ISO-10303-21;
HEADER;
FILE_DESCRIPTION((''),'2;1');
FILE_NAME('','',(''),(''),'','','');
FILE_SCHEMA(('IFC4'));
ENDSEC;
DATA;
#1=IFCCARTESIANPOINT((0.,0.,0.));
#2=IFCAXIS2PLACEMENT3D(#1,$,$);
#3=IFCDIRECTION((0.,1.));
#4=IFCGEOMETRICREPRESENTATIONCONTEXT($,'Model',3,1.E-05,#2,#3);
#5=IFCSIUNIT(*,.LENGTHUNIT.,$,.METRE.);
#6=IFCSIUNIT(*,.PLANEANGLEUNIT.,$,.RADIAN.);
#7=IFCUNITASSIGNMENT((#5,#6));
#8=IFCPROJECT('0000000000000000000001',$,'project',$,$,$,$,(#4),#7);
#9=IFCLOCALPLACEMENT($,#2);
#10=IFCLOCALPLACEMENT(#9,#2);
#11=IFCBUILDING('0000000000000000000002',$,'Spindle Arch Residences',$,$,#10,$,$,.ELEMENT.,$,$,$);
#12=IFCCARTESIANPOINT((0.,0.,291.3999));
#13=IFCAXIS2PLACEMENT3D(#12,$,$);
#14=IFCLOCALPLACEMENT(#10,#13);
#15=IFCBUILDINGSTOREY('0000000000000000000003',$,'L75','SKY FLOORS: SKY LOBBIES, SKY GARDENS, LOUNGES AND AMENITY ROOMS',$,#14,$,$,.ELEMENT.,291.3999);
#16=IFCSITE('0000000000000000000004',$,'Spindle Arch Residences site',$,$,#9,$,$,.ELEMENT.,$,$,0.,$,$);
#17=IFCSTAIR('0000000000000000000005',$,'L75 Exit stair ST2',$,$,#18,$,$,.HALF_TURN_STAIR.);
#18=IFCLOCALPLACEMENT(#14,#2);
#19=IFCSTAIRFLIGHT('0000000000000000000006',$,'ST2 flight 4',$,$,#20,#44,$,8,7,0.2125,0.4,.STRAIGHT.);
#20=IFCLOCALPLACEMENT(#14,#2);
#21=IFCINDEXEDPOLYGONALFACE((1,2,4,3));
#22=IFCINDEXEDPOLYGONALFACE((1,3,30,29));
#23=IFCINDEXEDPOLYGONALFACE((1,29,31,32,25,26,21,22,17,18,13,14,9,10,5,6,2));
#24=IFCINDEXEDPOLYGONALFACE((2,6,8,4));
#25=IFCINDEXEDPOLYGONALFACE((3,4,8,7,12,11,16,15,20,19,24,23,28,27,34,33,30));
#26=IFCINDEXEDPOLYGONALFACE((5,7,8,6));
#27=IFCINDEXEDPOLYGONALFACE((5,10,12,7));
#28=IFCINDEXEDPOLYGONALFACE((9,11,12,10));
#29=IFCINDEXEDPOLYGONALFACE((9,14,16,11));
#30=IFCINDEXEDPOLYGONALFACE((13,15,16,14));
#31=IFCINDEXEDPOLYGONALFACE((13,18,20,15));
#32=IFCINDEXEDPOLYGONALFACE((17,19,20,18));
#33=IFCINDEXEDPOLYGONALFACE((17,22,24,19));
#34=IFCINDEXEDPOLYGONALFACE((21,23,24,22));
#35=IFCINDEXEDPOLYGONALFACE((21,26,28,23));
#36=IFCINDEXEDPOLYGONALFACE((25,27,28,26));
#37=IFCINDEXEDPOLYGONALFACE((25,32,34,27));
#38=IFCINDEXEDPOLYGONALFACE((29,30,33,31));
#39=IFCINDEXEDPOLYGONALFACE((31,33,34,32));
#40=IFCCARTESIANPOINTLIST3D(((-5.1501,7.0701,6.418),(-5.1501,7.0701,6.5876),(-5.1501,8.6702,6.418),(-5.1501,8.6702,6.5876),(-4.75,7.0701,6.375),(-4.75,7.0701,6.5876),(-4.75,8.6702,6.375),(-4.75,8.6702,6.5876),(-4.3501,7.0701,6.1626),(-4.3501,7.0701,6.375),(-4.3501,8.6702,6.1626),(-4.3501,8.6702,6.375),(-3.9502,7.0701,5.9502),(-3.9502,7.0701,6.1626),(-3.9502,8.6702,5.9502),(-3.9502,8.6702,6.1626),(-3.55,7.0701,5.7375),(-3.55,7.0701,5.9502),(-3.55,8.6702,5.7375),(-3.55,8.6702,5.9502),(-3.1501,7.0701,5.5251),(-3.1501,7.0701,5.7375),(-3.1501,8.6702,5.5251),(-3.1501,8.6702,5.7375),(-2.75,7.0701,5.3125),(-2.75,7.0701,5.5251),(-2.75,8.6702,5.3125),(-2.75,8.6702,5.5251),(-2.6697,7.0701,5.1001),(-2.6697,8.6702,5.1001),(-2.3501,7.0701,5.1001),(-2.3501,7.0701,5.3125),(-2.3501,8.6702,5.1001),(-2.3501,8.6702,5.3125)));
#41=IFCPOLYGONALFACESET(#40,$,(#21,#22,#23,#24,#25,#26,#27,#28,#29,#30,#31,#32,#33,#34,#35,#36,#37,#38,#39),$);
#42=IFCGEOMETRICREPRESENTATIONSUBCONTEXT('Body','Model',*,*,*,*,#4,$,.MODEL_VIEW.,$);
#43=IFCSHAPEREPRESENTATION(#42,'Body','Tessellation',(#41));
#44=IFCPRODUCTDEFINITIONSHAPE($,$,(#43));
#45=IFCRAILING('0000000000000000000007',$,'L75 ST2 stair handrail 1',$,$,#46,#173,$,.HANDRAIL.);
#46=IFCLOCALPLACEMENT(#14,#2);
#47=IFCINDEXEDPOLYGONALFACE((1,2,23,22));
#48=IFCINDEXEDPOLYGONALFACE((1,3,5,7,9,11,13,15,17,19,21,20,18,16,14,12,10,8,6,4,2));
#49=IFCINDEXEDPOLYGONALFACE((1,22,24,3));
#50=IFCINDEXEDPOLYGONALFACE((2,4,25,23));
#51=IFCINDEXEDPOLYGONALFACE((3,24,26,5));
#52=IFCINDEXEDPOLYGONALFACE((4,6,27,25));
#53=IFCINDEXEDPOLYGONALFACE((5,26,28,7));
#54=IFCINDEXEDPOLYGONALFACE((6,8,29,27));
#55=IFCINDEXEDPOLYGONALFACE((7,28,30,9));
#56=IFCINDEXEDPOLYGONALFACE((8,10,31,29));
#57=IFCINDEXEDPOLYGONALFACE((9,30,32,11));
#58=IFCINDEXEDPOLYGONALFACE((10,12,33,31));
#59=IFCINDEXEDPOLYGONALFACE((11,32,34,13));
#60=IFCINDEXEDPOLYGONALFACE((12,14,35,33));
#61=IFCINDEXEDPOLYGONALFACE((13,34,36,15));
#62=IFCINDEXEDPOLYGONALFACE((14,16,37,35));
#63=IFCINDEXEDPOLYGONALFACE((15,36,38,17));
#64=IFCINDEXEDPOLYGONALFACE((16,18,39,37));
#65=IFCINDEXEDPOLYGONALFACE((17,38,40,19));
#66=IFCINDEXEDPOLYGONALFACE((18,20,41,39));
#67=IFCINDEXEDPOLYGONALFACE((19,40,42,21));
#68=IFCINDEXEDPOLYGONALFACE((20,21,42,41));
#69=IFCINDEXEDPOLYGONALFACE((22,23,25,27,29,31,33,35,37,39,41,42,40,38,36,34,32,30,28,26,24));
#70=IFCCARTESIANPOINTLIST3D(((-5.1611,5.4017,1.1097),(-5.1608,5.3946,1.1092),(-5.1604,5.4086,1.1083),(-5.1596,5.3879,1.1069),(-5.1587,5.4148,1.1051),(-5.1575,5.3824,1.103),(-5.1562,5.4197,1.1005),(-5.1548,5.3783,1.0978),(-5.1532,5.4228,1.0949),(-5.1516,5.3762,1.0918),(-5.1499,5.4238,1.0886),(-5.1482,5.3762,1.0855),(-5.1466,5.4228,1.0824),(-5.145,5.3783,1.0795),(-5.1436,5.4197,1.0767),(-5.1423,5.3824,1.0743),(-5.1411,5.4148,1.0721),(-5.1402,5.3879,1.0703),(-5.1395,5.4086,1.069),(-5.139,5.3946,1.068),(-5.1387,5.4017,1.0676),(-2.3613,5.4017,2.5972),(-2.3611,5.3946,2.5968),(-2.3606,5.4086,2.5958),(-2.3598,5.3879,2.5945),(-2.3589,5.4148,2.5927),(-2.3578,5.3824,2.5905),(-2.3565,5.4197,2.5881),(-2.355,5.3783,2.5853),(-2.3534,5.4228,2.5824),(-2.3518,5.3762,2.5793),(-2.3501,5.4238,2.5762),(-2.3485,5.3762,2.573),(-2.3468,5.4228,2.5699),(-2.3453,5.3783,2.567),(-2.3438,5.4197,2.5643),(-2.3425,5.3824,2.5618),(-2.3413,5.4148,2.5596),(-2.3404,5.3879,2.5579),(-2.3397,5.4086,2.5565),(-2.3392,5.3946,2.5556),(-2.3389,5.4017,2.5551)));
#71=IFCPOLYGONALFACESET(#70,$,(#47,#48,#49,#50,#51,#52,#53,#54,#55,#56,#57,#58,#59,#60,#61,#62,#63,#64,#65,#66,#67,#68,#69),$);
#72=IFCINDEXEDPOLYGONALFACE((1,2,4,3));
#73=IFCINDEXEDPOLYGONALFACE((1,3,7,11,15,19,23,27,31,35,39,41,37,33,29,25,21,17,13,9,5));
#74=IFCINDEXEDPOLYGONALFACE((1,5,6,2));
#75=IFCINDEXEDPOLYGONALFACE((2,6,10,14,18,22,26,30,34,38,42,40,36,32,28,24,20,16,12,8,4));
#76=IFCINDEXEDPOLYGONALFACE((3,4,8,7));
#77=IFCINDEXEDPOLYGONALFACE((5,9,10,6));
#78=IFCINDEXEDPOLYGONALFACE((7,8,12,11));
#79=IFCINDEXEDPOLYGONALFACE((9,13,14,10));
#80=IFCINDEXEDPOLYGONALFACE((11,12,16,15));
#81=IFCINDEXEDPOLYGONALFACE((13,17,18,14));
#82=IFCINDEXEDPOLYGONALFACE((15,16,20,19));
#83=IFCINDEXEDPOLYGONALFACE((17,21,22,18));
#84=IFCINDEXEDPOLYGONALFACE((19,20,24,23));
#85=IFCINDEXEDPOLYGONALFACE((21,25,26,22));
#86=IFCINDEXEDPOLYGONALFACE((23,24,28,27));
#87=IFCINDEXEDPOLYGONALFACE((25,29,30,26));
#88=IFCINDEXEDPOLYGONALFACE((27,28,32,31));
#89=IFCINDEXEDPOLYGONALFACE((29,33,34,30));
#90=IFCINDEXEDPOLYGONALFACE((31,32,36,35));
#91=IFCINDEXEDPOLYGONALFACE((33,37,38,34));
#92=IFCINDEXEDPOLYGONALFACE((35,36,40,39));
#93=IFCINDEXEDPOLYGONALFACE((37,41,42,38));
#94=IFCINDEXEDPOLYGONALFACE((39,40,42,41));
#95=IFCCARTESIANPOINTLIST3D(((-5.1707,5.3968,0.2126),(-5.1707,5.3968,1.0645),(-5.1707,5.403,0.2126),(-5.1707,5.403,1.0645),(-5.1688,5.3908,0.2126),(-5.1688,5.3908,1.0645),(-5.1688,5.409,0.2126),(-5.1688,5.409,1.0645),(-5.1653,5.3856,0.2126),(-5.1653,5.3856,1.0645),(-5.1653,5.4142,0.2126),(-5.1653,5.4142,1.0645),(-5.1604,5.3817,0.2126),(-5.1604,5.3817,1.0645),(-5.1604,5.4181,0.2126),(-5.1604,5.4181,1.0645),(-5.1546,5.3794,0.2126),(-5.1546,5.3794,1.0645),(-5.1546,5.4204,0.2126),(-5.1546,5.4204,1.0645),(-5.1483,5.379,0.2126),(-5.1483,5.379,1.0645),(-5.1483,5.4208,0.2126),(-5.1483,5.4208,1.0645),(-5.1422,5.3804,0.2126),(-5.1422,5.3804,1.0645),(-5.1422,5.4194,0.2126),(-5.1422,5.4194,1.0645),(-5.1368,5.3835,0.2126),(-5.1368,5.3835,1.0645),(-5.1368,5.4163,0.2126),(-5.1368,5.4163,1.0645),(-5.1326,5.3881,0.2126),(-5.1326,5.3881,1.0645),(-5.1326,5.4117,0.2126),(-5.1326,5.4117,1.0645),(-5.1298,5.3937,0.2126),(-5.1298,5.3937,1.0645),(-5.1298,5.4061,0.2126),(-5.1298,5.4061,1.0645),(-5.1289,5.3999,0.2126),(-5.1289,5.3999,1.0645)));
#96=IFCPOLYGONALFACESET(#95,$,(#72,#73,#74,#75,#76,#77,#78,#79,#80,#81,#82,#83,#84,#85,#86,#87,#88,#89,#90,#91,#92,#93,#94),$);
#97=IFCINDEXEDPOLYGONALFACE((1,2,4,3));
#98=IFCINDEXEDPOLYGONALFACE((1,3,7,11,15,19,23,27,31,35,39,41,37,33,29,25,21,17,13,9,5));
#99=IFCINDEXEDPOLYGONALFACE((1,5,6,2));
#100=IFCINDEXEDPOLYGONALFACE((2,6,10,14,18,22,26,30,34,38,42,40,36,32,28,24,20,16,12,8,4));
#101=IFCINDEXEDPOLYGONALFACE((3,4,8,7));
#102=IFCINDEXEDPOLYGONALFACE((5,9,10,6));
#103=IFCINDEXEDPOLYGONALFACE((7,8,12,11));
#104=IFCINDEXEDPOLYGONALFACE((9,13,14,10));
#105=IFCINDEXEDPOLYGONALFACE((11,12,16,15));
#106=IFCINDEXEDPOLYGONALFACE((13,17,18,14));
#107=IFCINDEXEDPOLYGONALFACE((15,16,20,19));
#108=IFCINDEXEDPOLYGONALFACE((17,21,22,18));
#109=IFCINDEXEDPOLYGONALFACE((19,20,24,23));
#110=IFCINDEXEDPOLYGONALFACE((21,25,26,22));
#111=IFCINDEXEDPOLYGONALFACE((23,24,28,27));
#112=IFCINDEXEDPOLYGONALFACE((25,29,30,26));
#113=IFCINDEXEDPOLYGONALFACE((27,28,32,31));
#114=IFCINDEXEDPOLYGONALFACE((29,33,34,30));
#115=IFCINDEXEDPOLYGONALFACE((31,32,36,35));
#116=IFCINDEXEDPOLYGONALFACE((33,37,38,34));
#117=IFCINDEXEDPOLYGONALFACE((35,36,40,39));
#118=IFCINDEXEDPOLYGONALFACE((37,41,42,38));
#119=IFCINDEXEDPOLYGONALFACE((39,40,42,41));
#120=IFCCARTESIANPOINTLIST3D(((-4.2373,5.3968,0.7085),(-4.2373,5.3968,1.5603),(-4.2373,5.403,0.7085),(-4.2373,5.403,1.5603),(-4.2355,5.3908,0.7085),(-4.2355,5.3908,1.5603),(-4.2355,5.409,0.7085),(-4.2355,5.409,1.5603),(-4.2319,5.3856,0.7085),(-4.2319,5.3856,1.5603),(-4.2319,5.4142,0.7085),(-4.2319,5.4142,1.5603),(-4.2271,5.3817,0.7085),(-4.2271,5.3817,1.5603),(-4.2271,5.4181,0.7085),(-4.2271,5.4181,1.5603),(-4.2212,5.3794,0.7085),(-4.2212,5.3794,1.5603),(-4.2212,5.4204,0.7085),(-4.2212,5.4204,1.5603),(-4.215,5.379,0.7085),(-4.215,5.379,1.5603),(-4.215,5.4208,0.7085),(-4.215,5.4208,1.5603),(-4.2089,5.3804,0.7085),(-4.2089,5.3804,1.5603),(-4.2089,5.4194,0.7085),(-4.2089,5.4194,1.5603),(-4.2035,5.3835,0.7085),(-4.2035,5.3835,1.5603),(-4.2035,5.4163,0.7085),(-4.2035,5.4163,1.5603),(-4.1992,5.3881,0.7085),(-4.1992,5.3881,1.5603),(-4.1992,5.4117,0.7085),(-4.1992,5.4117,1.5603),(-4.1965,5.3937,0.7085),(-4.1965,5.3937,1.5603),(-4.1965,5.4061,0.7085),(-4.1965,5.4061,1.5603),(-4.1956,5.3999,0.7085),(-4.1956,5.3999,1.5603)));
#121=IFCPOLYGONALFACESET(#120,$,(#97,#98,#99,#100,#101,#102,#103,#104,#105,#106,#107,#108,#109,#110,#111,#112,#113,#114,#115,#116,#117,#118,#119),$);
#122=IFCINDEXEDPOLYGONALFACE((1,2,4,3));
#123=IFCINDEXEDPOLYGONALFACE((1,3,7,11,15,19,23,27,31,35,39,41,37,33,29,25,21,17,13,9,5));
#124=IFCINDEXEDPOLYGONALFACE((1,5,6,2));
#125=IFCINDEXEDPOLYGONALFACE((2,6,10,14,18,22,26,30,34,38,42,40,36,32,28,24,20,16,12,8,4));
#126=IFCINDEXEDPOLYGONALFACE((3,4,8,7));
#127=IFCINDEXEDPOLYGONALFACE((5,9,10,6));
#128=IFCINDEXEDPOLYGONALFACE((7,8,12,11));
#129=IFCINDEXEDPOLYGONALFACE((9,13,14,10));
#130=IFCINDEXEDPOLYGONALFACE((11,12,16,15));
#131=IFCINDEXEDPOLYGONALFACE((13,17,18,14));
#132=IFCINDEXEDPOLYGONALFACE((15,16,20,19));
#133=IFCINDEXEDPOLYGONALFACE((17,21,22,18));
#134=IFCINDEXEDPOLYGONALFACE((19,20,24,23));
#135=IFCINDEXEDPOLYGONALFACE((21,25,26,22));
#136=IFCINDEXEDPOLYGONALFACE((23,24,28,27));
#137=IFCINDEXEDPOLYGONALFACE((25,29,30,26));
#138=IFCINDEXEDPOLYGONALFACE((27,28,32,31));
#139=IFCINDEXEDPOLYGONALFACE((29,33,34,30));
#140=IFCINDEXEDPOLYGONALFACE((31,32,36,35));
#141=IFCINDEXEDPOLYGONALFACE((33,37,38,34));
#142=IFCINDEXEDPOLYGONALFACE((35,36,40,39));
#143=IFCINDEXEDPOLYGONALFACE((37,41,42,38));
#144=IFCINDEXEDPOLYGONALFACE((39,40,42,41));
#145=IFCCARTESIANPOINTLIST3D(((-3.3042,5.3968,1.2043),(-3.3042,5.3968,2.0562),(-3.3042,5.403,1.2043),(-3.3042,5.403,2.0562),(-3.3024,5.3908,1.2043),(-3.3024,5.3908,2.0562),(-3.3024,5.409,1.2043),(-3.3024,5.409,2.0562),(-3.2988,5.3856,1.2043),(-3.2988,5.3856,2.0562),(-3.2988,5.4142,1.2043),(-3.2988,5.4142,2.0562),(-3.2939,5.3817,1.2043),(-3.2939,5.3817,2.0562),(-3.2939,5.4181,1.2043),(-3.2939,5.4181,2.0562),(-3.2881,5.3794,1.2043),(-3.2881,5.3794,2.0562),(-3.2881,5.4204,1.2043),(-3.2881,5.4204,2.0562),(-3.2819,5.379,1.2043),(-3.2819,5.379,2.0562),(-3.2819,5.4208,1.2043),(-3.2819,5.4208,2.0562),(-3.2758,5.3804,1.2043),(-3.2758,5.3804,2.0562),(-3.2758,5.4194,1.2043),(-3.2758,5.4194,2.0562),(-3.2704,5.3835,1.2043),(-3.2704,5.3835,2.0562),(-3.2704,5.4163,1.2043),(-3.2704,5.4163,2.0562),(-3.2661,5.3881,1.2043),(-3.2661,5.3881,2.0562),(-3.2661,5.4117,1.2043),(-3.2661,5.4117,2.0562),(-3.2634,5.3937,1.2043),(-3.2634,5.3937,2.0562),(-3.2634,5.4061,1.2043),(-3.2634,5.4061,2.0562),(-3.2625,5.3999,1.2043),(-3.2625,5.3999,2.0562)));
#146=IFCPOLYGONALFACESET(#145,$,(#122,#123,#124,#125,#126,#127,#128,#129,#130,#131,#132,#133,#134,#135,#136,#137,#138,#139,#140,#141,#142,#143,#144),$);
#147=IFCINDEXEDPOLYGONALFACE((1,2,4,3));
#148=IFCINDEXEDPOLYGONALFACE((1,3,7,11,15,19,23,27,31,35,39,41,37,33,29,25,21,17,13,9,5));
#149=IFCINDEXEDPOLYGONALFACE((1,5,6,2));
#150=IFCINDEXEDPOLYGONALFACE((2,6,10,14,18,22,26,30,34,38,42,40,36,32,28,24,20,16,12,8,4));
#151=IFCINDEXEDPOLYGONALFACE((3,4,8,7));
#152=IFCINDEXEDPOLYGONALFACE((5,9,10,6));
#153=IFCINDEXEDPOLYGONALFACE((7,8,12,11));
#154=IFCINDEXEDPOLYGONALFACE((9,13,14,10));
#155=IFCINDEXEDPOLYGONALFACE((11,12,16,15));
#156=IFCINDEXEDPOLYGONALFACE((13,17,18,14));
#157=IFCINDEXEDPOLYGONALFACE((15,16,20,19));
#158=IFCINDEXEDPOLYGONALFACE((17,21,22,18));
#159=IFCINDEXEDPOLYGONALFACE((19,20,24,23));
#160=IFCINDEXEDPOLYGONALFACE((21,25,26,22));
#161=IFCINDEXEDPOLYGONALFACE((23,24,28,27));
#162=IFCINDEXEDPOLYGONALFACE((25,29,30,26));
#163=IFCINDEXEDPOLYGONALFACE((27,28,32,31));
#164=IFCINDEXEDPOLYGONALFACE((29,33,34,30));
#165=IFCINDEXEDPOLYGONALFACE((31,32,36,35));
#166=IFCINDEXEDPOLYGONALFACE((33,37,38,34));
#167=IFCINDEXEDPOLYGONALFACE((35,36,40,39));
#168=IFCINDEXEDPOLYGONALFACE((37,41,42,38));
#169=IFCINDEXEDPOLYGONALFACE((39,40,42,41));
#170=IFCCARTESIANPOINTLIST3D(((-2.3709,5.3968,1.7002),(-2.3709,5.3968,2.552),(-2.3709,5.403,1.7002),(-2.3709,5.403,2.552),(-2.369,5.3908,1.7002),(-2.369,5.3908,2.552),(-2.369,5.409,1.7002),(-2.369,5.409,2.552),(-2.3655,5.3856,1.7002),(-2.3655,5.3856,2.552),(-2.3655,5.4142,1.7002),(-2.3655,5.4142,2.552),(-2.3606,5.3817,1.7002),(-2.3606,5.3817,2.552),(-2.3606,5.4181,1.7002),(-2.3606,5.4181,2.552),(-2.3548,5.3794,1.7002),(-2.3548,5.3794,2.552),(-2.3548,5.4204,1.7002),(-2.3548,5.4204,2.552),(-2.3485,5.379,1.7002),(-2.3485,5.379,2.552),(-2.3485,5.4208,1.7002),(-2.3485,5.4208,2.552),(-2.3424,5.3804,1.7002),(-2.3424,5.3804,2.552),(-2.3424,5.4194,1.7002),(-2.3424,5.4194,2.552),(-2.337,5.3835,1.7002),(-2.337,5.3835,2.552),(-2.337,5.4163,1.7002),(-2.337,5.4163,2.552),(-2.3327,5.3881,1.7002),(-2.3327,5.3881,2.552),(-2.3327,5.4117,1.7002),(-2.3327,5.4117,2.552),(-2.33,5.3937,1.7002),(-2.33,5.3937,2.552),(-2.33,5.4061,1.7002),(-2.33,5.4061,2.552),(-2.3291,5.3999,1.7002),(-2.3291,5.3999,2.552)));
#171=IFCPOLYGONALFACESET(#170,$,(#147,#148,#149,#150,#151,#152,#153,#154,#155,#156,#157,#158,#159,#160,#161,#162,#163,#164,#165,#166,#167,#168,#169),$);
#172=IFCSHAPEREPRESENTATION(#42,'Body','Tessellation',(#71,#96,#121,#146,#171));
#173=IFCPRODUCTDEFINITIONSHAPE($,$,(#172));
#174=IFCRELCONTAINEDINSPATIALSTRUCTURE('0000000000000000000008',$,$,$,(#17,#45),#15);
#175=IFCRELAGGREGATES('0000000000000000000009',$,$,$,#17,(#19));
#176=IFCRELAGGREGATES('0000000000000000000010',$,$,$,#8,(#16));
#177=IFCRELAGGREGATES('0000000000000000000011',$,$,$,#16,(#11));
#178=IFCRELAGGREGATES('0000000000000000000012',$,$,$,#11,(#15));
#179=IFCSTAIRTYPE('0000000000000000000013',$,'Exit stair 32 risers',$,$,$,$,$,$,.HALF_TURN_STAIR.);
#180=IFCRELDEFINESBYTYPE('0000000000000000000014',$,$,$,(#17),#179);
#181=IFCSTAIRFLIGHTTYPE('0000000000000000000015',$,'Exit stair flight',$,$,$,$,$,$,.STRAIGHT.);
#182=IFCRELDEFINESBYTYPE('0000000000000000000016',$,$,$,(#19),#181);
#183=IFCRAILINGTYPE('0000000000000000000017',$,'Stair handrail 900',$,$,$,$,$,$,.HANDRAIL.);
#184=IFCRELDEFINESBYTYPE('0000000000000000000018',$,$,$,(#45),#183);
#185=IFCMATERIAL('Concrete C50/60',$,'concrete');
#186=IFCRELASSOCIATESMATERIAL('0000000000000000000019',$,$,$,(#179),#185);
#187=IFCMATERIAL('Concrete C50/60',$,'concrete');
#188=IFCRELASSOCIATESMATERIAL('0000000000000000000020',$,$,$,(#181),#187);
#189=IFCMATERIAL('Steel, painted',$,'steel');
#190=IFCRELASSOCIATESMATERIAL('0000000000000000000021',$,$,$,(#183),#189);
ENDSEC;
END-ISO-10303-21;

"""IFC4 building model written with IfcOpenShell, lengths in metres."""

from ifc_helpers import new_model, si_unit, direction, frame, origin, origin_2d, place, context, subcontext, project, spatial, polyline, circle, outline, extrude, material, type_object, element, aggregate, save


model = new_model("IFC4")

# Units and contexts
model_context = context("Model", 3, precision=1e-05, world=origin(), true_north=direction((0.0, 1.0)))
body_context = subcontext(model_context, "Body", "Model", "MODEL_VIEW")
ifc_project = project(units=[si_unit("LENGTHUNIT", "METRE"), si_unit("PLANEANGLEUNIT", "RADIAN")], contexts=[model_context])

# Site, building, storey
site_placement = place(None, origin())
site = spatial("IfcSite", under=ifc_project, at=site_placement, Name="Spindle Arch Residences site", CompositionType="ELEMENT", RefElevation=0.0)
building_placement = place(site_placement, origin())
building = spatial("IfcBuilding", under=site, at=building_placement, Name="Spindle Arch Residences", CompositionType="ELEMENT")
storey_placement = place(building_placement, frame((0.0, 0.0, 291.3999)))
storey = spatial("IfcBuildingStorey", under=building, at=storey_placement, Name="L75", Description="SKY FLOORS: SKY LOBBIES, SKY GARDENS, LOUNGES AND AMENITY ROOMS", CompositionType="ELEMENT", Elevation=291.3999)

# Stair, stair flight
ifc_material_1 = material(Name="Concrete C50/60", Category="concrete")
stair_type = type_object("IfcStairType", Name="Exit stair 32 risers", PredefinedType="HALF_TURN_STAIR", material=ifc_material_1)
stair_placement = place(storey_placement, origin())
stair = element("IfcStair", 1, at=stair_placement, inside=storey, type_object=stair_type, Name="L75 Exit stair ST2", PredefinedType="HALF_TURN_STAIR")
ifc_material_2 = material(Name="Concrete C50/60", Category="concrete")
stair_flight_type = type_object("IfcStairFlightType", Name="Exit stair flight", PredefinedType="STRAIGHT", material=ifc_material_2)
stair_flight_1_placement = place(storey_placement, frame((-2.3501, 7.8701, 5.1001), z_axis=(0.0, 0.0, 1.0), x_axis=(-1.0, 0.0, 0.0)))
stair_flight_1 = element("IfcStairFlight", 2, at=stair_flight_1_placement, type_object=stair_flight_type, Name="ST2 flight 4", NumberOfRisers=8, NumberOfTreads=7, PredefinedType="STRAIGHT", RiserHeight=0.2125, TreadLength=0.4, context=body_context, shape_type="SweptSolid", body=[
    extrude(outline(polyline([(0.0, 0.0), (0.0, 0.2124), (0.3999, 0.2124), (0.3999, 0.425), (0.8, 0.425), (0.8, 0.6375), (1.2, 0.6375), (1.2, 0.8501), (1.6001, 0.8501), (1.6001, 1.0625), (2.0, 1.0625), (2.0, 1.2749), (2.3999, 1.2749), (2.3999, 1.4875), (2.8, 1.4875), (2.8, 1.7), (2.8, 1.3179), (0.3196, 0.0), (0.0, 0.0)])), frame((0.0, 0.8, 0.0), z_axis=(0.0, -1.0, 0.0), x_axis=(1.0, 0.0, 0.0)), (0.0, 0.0, 1.0), 1.6001),
])
aggregate(stair, [stair_flight_1])

# Railing
ifc_material_3 = material(Name="Steel, painted", Category="steel")
railing_type_1 = type_object("IfcRailingType", Name="Stair handrail 900", PredefinedType="HANDRAIL", material=ifc_material_3)
railing_1_placement = place(storey_placement, frame((-5.1499, 5.3999, 0.2126)))
element("IfcRailing", 3, at=railing_1_placement, inside=storey, type_object=railing_type_1, Name="L75 ST2 stair handrail 1", PredefinedType="HANDRAIL", context=body_context, shape_type="SweptSolid", body=[
    extrude(circle(Radius=0.0239, at=origin_2d()), frame((0.0, 0.0, 0.876), z_axis=(0.883096, 0.0, 0.469193), x_axis=(0.0, 1.0, 0.0)), (0.0, 0.0, 1.0), 3.1704),
    extrude(circle(Radius=0.021, at=origin_2d()), origin(), (0.0, 0.0, 1.0), 0.8518),
    extrude(circle(Radius=0.021, at=origin_2d()), frame((0.9333, 0.0, 0.4958)), (0.0, 0.0, 1.0), 0.8518),
    extrude(circle(Radius=0.021, at=origin_2d()), frame((1.8665, 0.0, 0.9917)), (0.0, 0.0, 1.0), 0.8518),
    extrude(circle(Radius=0.021, at=origin_2d()), frame((2.7998, 0.0, 1.4875)), (0.0, 0.0, 1.0), 0.8518),
])

save(model, "model.ifc")
